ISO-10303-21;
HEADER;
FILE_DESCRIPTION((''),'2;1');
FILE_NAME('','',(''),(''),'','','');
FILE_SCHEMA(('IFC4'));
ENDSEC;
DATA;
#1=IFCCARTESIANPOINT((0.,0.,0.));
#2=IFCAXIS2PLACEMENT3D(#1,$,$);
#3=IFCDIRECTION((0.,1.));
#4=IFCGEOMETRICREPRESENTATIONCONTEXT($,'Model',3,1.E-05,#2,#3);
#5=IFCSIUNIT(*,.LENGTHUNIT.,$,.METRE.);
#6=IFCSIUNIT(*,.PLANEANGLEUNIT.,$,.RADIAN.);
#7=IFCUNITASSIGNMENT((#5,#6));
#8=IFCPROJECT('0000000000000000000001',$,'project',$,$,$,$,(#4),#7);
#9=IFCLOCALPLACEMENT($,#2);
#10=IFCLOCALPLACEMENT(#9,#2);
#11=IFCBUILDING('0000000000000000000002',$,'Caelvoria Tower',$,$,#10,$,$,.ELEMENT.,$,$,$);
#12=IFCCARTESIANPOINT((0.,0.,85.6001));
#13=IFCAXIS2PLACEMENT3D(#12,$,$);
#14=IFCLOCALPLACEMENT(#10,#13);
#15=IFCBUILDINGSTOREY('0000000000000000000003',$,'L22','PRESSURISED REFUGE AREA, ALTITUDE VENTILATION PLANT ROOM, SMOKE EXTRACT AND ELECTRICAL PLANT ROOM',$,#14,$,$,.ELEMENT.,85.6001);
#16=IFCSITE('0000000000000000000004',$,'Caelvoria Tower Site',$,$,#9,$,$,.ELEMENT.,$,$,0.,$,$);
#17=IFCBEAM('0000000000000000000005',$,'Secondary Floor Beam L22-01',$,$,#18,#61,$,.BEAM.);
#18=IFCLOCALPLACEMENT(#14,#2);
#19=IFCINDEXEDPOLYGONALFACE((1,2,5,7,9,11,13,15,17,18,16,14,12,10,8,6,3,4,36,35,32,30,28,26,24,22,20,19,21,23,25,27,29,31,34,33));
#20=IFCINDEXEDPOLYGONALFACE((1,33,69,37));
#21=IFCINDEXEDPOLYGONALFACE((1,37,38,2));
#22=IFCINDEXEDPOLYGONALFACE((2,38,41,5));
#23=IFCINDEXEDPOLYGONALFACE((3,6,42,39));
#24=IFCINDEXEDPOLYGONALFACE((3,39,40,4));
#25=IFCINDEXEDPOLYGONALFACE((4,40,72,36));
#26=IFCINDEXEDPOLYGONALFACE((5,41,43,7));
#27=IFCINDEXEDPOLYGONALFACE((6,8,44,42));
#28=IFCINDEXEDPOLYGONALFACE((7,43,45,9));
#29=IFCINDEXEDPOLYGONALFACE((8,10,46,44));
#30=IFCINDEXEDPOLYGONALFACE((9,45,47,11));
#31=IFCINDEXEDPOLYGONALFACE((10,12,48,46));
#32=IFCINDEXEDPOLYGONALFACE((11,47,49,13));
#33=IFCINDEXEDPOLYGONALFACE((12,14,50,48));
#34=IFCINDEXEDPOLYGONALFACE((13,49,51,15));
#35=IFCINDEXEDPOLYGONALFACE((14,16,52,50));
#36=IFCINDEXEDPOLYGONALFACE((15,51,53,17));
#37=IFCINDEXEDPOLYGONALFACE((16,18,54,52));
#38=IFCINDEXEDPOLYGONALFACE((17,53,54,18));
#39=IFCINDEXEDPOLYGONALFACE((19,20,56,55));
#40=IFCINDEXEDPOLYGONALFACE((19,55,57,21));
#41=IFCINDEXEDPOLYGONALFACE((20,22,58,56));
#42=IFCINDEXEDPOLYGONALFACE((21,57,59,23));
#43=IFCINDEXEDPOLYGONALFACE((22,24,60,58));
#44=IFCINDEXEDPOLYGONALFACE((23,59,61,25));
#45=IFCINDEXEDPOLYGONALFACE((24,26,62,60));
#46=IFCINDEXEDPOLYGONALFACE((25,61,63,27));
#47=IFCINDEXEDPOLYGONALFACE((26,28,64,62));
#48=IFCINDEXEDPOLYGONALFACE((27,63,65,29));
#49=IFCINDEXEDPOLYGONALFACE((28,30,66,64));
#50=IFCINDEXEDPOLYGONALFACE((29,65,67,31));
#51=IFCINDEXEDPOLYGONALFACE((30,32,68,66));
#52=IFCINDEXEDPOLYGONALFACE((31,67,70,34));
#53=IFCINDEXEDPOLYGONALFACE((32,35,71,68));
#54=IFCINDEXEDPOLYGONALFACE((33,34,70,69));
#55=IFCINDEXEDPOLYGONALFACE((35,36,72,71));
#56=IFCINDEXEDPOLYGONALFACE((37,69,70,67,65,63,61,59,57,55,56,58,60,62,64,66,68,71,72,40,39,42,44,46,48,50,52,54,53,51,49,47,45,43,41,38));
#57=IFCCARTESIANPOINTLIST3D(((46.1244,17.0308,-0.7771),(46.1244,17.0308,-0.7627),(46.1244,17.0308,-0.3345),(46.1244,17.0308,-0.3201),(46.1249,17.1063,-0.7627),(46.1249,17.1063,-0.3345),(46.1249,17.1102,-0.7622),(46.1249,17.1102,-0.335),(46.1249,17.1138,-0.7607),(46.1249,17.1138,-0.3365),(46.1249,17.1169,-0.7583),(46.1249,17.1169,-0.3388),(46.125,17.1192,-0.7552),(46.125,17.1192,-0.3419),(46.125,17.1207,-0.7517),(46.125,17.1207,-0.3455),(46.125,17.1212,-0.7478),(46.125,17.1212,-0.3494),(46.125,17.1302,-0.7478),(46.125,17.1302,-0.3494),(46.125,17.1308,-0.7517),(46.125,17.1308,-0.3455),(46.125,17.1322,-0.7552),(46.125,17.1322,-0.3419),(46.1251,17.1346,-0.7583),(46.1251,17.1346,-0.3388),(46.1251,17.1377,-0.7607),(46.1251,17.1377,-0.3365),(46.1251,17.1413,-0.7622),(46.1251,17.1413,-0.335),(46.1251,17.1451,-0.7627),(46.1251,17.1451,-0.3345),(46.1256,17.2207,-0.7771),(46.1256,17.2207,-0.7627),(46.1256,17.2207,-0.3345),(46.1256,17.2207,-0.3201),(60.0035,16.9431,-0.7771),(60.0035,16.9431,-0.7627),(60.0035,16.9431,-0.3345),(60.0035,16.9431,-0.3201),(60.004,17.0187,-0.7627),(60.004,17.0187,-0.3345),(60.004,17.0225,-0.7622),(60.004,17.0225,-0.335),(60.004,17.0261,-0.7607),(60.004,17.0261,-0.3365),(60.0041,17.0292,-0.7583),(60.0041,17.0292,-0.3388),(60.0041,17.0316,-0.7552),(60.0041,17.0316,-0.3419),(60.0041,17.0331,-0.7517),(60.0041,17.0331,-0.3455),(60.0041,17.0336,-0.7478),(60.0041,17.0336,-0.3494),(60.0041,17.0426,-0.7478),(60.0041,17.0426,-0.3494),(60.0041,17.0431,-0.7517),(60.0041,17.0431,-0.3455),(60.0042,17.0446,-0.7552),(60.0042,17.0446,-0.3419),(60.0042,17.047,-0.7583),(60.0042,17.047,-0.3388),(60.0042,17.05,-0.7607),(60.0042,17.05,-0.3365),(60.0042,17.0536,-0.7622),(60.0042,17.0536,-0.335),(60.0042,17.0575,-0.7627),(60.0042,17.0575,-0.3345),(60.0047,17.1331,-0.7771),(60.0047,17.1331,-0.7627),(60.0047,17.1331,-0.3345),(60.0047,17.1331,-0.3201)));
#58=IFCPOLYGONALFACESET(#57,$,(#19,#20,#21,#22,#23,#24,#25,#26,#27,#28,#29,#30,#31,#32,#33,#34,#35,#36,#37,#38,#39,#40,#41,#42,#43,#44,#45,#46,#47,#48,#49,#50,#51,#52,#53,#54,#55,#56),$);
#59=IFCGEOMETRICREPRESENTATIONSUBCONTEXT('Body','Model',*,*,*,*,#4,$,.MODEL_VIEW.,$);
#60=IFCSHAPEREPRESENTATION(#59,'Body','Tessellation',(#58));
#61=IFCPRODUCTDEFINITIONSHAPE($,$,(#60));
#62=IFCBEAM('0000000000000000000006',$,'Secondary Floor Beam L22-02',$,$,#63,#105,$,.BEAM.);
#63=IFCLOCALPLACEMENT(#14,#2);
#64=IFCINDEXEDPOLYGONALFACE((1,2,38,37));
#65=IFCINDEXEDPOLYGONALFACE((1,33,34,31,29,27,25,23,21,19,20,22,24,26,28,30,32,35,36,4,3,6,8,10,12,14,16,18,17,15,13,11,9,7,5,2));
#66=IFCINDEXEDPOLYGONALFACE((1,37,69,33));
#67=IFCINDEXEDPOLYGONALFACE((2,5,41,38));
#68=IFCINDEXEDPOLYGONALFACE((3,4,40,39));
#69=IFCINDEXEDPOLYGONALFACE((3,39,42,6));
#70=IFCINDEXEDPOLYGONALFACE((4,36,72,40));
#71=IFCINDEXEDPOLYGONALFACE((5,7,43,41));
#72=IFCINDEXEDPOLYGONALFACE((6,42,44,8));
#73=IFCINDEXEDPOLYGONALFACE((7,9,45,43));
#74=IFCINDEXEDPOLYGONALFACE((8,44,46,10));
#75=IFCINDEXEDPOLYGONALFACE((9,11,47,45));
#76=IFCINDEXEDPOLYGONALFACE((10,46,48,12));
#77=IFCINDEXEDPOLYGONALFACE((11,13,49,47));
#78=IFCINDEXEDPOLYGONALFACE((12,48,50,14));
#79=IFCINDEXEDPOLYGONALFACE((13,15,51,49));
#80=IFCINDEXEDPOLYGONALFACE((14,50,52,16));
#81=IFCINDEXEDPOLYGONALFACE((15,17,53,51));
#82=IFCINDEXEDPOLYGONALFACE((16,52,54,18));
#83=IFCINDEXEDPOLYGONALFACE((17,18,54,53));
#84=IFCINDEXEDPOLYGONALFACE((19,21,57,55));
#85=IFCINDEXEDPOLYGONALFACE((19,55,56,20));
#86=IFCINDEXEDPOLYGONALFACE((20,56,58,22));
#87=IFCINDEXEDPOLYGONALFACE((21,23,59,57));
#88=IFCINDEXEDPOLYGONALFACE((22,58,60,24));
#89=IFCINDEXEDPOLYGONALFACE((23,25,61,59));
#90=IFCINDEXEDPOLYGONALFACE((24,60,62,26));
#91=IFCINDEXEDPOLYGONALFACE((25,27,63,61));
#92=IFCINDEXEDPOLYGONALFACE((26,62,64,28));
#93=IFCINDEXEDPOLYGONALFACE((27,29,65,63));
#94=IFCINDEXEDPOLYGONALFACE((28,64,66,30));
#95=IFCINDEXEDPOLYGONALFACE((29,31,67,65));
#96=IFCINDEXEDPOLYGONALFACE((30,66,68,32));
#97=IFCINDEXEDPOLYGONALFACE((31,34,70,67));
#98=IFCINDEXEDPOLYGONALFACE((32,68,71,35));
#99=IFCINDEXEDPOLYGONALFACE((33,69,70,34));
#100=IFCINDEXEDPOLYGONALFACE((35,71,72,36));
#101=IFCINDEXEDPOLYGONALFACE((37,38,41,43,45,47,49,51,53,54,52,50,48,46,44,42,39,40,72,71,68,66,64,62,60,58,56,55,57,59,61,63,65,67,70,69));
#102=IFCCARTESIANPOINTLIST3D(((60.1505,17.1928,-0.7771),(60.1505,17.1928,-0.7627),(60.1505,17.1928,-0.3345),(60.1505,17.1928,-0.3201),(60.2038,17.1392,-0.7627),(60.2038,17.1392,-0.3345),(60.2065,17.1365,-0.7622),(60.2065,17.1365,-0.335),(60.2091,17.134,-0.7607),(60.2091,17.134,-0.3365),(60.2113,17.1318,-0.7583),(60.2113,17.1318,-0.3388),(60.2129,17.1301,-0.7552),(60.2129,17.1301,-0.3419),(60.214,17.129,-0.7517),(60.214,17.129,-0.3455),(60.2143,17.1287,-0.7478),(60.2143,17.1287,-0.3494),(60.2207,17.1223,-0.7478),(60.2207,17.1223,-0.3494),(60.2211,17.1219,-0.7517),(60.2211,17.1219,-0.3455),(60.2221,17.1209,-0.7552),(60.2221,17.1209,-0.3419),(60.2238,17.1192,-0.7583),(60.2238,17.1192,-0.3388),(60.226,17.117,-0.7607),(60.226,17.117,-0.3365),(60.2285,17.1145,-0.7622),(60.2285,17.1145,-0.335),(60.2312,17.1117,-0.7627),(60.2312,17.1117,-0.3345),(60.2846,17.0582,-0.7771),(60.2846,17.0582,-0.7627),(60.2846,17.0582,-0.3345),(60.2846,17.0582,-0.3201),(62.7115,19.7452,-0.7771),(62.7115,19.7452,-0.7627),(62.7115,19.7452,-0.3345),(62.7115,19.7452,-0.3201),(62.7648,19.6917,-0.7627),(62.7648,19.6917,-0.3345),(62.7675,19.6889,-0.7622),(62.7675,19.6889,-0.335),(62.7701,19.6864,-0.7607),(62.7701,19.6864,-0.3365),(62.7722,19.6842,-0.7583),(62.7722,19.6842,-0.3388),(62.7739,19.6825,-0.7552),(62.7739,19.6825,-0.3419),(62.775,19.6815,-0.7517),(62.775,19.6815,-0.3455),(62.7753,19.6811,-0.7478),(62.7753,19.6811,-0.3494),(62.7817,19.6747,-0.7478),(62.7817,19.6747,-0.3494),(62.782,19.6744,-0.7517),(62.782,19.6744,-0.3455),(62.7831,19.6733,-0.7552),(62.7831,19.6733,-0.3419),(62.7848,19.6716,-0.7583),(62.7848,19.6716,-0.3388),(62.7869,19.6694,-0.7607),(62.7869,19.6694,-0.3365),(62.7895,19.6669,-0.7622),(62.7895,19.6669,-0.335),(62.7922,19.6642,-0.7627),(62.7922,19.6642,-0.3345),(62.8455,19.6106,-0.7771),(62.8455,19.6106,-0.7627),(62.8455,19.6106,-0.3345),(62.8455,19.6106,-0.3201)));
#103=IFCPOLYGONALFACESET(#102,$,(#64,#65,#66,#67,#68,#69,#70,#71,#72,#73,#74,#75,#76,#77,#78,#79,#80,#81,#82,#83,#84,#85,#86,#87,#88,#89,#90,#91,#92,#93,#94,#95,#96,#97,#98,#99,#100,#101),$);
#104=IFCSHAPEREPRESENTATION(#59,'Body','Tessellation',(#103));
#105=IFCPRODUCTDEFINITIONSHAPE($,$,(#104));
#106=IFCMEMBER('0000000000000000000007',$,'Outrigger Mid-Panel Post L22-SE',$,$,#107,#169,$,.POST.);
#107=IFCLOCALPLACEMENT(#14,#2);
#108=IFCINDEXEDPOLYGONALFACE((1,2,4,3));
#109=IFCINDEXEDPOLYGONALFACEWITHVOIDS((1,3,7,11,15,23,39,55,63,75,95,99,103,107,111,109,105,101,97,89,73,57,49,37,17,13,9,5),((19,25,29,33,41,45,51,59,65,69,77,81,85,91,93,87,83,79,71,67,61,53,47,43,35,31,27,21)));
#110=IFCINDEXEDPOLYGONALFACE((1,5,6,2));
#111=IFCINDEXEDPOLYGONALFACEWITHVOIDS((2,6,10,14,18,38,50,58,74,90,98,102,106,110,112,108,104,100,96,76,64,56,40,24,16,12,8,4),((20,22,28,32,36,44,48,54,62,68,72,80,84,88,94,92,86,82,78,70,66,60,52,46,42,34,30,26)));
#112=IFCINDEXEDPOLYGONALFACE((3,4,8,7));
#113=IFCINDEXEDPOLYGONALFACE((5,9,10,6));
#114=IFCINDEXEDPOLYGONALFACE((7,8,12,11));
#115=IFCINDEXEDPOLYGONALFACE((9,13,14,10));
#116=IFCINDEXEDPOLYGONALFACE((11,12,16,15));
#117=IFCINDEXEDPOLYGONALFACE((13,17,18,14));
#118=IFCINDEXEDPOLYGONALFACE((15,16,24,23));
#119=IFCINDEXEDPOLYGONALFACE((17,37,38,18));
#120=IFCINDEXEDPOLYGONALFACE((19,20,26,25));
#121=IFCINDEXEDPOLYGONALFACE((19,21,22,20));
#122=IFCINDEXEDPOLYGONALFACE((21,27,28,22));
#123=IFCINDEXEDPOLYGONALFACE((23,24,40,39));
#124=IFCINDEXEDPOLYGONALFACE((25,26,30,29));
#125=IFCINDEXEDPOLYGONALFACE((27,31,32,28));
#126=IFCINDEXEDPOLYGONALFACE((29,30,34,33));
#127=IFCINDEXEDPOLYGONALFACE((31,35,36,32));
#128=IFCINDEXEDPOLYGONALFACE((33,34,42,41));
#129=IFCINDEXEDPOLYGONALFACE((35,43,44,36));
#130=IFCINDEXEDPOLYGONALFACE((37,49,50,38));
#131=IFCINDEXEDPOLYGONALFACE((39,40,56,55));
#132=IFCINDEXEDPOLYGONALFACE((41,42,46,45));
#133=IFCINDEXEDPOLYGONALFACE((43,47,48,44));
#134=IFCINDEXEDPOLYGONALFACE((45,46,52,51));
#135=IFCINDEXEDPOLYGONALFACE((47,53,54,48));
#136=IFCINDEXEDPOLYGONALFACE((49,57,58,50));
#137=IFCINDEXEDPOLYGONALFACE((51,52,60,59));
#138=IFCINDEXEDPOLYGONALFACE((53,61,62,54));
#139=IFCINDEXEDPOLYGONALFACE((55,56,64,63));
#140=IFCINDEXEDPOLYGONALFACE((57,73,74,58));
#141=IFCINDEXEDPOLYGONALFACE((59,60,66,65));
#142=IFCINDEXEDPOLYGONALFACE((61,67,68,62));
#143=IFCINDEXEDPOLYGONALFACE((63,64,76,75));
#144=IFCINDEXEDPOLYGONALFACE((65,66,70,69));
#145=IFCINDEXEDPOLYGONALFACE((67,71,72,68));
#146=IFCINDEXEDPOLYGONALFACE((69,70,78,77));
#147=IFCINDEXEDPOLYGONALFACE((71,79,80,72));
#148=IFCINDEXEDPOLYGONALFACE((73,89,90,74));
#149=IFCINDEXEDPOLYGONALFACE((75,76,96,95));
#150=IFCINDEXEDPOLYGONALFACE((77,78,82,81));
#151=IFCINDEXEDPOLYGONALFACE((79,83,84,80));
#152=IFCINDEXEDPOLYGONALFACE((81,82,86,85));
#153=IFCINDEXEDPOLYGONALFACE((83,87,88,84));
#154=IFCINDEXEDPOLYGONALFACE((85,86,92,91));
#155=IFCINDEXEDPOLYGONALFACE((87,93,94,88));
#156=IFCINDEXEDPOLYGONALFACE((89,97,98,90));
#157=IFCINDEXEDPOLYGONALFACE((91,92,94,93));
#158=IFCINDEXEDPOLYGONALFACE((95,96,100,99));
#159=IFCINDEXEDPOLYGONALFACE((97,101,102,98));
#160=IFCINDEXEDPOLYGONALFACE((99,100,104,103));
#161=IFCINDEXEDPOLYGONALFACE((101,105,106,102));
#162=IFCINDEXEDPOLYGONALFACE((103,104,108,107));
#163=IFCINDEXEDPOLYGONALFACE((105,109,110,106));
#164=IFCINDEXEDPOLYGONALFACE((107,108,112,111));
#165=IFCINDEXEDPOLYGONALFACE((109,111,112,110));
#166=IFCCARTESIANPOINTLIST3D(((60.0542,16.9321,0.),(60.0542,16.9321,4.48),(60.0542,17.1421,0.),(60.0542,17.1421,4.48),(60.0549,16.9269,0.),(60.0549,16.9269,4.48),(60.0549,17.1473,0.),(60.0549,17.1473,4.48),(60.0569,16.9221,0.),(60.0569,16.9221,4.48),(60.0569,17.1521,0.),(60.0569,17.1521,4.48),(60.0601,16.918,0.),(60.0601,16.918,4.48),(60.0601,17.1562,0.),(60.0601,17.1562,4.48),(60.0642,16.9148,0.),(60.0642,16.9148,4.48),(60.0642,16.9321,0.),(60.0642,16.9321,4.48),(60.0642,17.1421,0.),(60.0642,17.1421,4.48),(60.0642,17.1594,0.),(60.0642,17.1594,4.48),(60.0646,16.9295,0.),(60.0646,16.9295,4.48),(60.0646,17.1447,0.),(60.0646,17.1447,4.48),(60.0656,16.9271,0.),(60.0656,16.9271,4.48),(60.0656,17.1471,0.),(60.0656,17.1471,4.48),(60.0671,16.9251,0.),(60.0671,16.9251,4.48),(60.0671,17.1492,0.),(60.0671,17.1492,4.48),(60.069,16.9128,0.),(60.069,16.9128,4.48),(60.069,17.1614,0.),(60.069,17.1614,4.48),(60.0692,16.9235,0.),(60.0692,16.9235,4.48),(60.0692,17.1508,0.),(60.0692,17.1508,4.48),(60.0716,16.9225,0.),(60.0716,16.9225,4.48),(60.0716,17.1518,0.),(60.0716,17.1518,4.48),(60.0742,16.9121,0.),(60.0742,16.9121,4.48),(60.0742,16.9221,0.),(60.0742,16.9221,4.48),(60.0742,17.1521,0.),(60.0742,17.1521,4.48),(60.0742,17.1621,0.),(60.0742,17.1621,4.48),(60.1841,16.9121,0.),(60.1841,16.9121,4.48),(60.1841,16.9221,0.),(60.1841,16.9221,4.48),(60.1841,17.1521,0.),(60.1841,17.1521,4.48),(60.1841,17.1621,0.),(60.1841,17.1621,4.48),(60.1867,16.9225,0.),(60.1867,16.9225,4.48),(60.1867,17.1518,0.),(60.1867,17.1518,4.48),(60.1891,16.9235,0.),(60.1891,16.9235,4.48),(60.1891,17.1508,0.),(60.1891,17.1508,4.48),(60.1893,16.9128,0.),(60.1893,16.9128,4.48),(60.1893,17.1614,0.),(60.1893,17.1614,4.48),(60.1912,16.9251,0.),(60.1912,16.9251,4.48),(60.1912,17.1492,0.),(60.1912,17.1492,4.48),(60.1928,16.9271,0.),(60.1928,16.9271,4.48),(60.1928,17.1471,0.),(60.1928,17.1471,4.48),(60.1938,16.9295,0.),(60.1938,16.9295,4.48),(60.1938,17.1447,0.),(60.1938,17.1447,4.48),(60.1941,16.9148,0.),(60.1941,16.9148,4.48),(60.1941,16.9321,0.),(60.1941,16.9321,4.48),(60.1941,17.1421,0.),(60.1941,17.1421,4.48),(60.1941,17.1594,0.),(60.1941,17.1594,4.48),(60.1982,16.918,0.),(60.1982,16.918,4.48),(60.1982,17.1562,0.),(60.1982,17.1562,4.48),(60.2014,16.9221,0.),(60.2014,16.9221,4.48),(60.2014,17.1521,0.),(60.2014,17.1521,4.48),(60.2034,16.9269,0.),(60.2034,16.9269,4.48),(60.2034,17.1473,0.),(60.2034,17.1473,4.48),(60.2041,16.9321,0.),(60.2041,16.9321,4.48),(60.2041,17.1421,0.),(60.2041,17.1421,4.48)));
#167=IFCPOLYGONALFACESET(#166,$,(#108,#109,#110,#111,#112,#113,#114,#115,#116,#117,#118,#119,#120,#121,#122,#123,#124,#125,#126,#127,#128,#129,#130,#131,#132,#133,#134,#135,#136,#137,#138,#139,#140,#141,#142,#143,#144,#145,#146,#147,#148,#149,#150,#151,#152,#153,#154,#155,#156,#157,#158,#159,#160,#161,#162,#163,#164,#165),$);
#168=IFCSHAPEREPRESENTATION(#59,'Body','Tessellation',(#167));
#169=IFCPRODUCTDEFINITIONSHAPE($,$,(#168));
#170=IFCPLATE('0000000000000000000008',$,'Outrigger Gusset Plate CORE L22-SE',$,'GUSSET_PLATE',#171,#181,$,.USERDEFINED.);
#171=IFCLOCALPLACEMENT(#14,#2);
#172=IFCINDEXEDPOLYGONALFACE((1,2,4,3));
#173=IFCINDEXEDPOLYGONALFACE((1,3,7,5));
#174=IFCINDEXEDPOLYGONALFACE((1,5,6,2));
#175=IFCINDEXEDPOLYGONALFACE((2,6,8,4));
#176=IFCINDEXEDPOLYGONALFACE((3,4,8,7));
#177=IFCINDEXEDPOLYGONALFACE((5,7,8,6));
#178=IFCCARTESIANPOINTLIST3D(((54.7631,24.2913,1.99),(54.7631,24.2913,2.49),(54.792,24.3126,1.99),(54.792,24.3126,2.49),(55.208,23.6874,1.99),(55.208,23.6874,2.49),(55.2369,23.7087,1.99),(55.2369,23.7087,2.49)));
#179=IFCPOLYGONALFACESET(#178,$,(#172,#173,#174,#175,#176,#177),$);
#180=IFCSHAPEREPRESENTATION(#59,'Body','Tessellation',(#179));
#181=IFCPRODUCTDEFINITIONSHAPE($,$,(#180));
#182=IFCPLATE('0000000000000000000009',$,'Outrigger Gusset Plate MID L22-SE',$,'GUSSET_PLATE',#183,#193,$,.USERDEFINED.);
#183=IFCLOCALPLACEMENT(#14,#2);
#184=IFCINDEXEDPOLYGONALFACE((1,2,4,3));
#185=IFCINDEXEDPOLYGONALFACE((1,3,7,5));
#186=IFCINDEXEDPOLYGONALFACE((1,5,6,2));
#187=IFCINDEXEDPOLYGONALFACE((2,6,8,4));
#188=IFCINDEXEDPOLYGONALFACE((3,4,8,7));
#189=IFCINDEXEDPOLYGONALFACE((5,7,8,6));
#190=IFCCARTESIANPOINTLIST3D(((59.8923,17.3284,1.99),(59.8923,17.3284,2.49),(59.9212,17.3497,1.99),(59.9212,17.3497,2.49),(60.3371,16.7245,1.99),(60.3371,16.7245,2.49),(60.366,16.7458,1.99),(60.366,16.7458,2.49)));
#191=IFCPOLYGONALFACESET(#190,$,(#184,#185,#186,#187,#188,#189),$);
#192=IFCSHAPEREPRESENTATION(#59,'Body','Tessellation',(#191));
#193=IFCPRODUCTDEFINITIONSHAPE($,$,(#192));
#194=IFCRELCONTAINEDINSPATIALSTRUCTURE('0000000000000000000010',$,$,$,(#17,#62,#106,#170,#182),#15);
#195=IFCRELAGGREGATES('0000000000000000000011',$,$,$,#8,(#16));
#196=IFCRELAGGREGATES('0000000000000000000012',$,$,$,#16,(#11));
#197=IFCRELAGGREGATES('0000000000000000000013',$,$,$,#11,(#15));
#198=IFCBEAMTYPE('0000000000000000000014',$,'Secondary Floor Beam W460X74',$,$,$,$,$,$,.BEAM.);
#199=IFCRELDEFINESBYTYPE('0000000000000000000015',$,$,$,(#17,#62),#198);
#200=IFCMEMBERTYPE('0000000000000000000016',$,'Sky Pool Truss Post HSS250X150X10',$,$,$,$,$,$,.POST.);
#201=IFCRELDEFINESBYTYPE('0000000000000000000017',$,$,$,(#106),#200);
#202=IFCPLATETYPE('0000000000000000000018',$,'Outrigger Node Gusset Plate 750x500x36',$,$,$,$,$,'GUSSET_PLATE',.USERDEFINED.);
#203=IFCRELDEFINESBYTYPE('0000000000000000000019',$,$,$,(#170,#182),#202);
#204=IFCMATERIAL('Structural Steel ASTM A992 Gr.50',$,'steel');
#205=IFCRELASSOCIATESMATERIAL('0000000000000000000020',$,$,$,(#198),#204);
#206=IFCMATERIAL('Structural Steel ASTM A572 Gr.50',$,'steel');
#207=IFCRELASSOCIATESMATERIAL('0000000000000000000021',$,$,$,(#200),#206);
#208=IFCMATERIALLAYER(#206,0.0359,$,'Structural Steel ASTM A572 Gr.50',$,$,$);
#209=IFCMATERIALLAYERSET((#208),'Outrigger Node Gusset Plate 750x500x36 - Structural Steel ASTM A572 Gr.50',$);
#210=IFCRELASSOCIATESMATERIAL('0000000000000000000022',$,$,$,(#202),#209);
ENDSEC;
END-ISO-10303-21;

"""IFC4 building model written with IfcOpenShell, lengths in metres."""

from ifc_helpers import new_model, si_unit, direction, frame, origin, origin_2d, place, context, subcontext, project, spatial, rectangle, hollow_rectangle, i_section, extrude, material, layer, layer_set, material_profile, profile_set, type_object, element, save


model = new_model("IFC4")

# Units and contexts
model_context = context("Model", 3, precision=1e-05, world=origin(), true_north=direction((0.0, 1.0)))
body_context = subcontext(model_context, "Body", "Model", "MODEL_VIEW")
ifc_project = project(units=[si_unit("LENGTHUNIT", "METRE"), si_unit("PLANEANGLEUNIT", "RADIAN")], contexts=[model_context])

# Site, building, storey
site_placement = place(None, origin())
site = spatial("IfcSite", under=ifc_project, at=site_placement, Name="Caelvoria Tower Site", CompositionType="ELEMENT", RefElevation=0.0)
building_placement = place(site_placement, origin())
building = spatial("IfcBuilding", under=site, at=building_placement, Name="Caelvoria Tower", CompositionType="ELEMENT")
storey_placement = place(building_placement, frame((0.0, 0.0, 85.6001)))
storey = spatial("IfcBuildingStorey", under=building, at=storey_placement, Name="L22", Description="PRESSURISED REFUGE AREA, ALTITUDE VENTILATION PLANT ROOM, SMOKE EXTRACT AND ELECTRICAL PLANT ROOM", CompositionType="ELEMENT", Elevation=85.6001)

# Shared definitions
ifc_material_1 = material(Name="Structural Steel ASTM A572 Gr.50", Category="steel")

# Beams
ifc_material_2 = material(Name="Structural Steel ASTM A992 Gr.50", Category="steel")
ifc_material_profile_1 = material_profile(ifc_material_2, i_section(OverallWidth=0.1899, OverallDepth=0.457, WebThickness=0.009, FlangeThickness=0.0144, FilletRadius=0.0149, at=origin_2d()), Name="Structural Steel ASTM A992 Gr.50")
ifc_profile_set_1 = profile_set([ifc_material_profile_1], Name="W460X74 - Structural Steel ASTM A992 Gr.50")
beam_type_1 = type_object("IfcBeamType", Name="Secondary Floor Beam W460X74", PredefinedType="BEAM", material=ifc_profile_set_1)
beam_1_placement = place(storey_placement, frame((46.125, 17.1257, -0.5486), z_axis=(0.99998, -0.006315, 0.0), x_axis=(0.006315, 0.99998, 0.0)))
element("IfcBeam", 1, at=beam_1_placement, inside=storey, type_object=beam_type_1, Name="Secondary Floor Beam L22-01", PredefinedType="BEAM", context=body_context, shape_type="SweptSolid", body=[
    extrude(i_section(OverallWidth=0.1899, OverallDepth=0.457, WebThickness=0.009, FlangeThickness=0.0144, FilletRadius=0.0149, at=origin_2d()), origin(), (0.0, 0.0, 1.0), 13.8794),
])
beam_2_placement = place(storey_placement, frame((60.2175, 17.1255, -0.5486), z_axis=(0.708287, 0.705924, 0.0), x_axis=(-0.705924, 0.708287, 0.0)))
element("IfcBeam", 2, at=beam_2_placement, inside=storey, type_object=beam_type_1, Name="Secondary Floor Beam L22-02", PredefinedType="BEAM", context=body_context, shape_type="SweptSolid", body=[
    extrude(i_section(OverallWidth=0.1899, OverallDepth=0.457, WebThickness=0.009, FlangeThickness=0.0144, FilletRadius=0.0149, at=origin_2d()), origin(), (0.0, 0.0, 1.0), 3.6157),
])

# Member
ifc_material_profile_2 = material_profile(ifc_material_1, hollow_rectangle(XDim=0.1499, YDim=0.25, WallThickness=0.01, InnerFilletRadius=0.01, OuterFilletRadius=0.02, at=origin_2d()), Name="Structural Steel ASTM A572 Gr.50")
ifc_profile_set_2 = profile_set([ifc_material_profile_2], Name="HSS250X150X10 - Structural Steel ASTM A572 Gr.50")
member_type_1 = type_object("IfcMemberType", Name="Sky Pool Truss Post HSS250X150X10", PredefinedType="POST", material=ifc_profile_set_2)
member_1_placement = place(storey_placement, frame((60.1292, 17.0371, 0.0), z_axis=(0.0, 0.0, 1.0), x_axis=(1.0, 0.0, 0.0)))
element("IfcMember", 3, at=member_1_placement, inside=storey, type_object=member_type_1, Name="Outrigger Mid-Panel Post L22-SE", PredefinedType="POST", context=body_context, shape_type="SweptSolid", body=[
    extrude(hollow_rectangle(XDim=0.1499, YDim=0.25, WallThickness=0.01, InnerFilletRadius=0.01, OuterFilletRadius=0.02, at=origin_2d()), origin(), (0.0, 0.0, 1.0), 4.48),
])

# Plates
ifc_layer_1 = layer(ifc_material_1, 0.0359, Name="Structural Steel ASTM A572 Gr.50")
ifc_layer_set_1 = layer_set([ifc_layer_1], Name="Outrigger Node Gusset Plate 750x500x36 - Structural Steel ASTM A572 Gr.50")
plate_type = type_object("IfcPlateType", Name="Outrigger Node Gusset Plate 750x500x36", ElementType="GUSSET_PLATE", PredefinedType="USERDEFINED", material=ifc_layer_set_1)
for number, where, z_axis, x_axis, name in (
    (4, (55.0, 24.0, 1.99), (0.0, 0.0, 1.0), (0.593093, -0.805134, 0.0), "Outrigger Gusset Plate CORE L22-SE"),
    (5, (60.1292, 17.0371, 1.99), (0.0, 0.0, 1.0), (0.593093, -0.805134, 0.0), "Outrigger Gusset Plate MID L22-SE"),
):
    element("IfcPlate", number, at=place(storey_placement, frame(where, z_axis=z_axis, x_axis=x_axis)), inside=storey, type_object=plate_type, Name=name, ObjectType="GUSSET_PLATE", PredefinedType="USERDEFINED", context=body_context, shape_type="SweptSolid", body=[
        extrude(rectangle(XDim=0.75, YDim=0.0359, at=origin_2d()), origin(), (0.0, 0.0, 1.0), 0.5),
    ])

save(model, "model.ifc")
